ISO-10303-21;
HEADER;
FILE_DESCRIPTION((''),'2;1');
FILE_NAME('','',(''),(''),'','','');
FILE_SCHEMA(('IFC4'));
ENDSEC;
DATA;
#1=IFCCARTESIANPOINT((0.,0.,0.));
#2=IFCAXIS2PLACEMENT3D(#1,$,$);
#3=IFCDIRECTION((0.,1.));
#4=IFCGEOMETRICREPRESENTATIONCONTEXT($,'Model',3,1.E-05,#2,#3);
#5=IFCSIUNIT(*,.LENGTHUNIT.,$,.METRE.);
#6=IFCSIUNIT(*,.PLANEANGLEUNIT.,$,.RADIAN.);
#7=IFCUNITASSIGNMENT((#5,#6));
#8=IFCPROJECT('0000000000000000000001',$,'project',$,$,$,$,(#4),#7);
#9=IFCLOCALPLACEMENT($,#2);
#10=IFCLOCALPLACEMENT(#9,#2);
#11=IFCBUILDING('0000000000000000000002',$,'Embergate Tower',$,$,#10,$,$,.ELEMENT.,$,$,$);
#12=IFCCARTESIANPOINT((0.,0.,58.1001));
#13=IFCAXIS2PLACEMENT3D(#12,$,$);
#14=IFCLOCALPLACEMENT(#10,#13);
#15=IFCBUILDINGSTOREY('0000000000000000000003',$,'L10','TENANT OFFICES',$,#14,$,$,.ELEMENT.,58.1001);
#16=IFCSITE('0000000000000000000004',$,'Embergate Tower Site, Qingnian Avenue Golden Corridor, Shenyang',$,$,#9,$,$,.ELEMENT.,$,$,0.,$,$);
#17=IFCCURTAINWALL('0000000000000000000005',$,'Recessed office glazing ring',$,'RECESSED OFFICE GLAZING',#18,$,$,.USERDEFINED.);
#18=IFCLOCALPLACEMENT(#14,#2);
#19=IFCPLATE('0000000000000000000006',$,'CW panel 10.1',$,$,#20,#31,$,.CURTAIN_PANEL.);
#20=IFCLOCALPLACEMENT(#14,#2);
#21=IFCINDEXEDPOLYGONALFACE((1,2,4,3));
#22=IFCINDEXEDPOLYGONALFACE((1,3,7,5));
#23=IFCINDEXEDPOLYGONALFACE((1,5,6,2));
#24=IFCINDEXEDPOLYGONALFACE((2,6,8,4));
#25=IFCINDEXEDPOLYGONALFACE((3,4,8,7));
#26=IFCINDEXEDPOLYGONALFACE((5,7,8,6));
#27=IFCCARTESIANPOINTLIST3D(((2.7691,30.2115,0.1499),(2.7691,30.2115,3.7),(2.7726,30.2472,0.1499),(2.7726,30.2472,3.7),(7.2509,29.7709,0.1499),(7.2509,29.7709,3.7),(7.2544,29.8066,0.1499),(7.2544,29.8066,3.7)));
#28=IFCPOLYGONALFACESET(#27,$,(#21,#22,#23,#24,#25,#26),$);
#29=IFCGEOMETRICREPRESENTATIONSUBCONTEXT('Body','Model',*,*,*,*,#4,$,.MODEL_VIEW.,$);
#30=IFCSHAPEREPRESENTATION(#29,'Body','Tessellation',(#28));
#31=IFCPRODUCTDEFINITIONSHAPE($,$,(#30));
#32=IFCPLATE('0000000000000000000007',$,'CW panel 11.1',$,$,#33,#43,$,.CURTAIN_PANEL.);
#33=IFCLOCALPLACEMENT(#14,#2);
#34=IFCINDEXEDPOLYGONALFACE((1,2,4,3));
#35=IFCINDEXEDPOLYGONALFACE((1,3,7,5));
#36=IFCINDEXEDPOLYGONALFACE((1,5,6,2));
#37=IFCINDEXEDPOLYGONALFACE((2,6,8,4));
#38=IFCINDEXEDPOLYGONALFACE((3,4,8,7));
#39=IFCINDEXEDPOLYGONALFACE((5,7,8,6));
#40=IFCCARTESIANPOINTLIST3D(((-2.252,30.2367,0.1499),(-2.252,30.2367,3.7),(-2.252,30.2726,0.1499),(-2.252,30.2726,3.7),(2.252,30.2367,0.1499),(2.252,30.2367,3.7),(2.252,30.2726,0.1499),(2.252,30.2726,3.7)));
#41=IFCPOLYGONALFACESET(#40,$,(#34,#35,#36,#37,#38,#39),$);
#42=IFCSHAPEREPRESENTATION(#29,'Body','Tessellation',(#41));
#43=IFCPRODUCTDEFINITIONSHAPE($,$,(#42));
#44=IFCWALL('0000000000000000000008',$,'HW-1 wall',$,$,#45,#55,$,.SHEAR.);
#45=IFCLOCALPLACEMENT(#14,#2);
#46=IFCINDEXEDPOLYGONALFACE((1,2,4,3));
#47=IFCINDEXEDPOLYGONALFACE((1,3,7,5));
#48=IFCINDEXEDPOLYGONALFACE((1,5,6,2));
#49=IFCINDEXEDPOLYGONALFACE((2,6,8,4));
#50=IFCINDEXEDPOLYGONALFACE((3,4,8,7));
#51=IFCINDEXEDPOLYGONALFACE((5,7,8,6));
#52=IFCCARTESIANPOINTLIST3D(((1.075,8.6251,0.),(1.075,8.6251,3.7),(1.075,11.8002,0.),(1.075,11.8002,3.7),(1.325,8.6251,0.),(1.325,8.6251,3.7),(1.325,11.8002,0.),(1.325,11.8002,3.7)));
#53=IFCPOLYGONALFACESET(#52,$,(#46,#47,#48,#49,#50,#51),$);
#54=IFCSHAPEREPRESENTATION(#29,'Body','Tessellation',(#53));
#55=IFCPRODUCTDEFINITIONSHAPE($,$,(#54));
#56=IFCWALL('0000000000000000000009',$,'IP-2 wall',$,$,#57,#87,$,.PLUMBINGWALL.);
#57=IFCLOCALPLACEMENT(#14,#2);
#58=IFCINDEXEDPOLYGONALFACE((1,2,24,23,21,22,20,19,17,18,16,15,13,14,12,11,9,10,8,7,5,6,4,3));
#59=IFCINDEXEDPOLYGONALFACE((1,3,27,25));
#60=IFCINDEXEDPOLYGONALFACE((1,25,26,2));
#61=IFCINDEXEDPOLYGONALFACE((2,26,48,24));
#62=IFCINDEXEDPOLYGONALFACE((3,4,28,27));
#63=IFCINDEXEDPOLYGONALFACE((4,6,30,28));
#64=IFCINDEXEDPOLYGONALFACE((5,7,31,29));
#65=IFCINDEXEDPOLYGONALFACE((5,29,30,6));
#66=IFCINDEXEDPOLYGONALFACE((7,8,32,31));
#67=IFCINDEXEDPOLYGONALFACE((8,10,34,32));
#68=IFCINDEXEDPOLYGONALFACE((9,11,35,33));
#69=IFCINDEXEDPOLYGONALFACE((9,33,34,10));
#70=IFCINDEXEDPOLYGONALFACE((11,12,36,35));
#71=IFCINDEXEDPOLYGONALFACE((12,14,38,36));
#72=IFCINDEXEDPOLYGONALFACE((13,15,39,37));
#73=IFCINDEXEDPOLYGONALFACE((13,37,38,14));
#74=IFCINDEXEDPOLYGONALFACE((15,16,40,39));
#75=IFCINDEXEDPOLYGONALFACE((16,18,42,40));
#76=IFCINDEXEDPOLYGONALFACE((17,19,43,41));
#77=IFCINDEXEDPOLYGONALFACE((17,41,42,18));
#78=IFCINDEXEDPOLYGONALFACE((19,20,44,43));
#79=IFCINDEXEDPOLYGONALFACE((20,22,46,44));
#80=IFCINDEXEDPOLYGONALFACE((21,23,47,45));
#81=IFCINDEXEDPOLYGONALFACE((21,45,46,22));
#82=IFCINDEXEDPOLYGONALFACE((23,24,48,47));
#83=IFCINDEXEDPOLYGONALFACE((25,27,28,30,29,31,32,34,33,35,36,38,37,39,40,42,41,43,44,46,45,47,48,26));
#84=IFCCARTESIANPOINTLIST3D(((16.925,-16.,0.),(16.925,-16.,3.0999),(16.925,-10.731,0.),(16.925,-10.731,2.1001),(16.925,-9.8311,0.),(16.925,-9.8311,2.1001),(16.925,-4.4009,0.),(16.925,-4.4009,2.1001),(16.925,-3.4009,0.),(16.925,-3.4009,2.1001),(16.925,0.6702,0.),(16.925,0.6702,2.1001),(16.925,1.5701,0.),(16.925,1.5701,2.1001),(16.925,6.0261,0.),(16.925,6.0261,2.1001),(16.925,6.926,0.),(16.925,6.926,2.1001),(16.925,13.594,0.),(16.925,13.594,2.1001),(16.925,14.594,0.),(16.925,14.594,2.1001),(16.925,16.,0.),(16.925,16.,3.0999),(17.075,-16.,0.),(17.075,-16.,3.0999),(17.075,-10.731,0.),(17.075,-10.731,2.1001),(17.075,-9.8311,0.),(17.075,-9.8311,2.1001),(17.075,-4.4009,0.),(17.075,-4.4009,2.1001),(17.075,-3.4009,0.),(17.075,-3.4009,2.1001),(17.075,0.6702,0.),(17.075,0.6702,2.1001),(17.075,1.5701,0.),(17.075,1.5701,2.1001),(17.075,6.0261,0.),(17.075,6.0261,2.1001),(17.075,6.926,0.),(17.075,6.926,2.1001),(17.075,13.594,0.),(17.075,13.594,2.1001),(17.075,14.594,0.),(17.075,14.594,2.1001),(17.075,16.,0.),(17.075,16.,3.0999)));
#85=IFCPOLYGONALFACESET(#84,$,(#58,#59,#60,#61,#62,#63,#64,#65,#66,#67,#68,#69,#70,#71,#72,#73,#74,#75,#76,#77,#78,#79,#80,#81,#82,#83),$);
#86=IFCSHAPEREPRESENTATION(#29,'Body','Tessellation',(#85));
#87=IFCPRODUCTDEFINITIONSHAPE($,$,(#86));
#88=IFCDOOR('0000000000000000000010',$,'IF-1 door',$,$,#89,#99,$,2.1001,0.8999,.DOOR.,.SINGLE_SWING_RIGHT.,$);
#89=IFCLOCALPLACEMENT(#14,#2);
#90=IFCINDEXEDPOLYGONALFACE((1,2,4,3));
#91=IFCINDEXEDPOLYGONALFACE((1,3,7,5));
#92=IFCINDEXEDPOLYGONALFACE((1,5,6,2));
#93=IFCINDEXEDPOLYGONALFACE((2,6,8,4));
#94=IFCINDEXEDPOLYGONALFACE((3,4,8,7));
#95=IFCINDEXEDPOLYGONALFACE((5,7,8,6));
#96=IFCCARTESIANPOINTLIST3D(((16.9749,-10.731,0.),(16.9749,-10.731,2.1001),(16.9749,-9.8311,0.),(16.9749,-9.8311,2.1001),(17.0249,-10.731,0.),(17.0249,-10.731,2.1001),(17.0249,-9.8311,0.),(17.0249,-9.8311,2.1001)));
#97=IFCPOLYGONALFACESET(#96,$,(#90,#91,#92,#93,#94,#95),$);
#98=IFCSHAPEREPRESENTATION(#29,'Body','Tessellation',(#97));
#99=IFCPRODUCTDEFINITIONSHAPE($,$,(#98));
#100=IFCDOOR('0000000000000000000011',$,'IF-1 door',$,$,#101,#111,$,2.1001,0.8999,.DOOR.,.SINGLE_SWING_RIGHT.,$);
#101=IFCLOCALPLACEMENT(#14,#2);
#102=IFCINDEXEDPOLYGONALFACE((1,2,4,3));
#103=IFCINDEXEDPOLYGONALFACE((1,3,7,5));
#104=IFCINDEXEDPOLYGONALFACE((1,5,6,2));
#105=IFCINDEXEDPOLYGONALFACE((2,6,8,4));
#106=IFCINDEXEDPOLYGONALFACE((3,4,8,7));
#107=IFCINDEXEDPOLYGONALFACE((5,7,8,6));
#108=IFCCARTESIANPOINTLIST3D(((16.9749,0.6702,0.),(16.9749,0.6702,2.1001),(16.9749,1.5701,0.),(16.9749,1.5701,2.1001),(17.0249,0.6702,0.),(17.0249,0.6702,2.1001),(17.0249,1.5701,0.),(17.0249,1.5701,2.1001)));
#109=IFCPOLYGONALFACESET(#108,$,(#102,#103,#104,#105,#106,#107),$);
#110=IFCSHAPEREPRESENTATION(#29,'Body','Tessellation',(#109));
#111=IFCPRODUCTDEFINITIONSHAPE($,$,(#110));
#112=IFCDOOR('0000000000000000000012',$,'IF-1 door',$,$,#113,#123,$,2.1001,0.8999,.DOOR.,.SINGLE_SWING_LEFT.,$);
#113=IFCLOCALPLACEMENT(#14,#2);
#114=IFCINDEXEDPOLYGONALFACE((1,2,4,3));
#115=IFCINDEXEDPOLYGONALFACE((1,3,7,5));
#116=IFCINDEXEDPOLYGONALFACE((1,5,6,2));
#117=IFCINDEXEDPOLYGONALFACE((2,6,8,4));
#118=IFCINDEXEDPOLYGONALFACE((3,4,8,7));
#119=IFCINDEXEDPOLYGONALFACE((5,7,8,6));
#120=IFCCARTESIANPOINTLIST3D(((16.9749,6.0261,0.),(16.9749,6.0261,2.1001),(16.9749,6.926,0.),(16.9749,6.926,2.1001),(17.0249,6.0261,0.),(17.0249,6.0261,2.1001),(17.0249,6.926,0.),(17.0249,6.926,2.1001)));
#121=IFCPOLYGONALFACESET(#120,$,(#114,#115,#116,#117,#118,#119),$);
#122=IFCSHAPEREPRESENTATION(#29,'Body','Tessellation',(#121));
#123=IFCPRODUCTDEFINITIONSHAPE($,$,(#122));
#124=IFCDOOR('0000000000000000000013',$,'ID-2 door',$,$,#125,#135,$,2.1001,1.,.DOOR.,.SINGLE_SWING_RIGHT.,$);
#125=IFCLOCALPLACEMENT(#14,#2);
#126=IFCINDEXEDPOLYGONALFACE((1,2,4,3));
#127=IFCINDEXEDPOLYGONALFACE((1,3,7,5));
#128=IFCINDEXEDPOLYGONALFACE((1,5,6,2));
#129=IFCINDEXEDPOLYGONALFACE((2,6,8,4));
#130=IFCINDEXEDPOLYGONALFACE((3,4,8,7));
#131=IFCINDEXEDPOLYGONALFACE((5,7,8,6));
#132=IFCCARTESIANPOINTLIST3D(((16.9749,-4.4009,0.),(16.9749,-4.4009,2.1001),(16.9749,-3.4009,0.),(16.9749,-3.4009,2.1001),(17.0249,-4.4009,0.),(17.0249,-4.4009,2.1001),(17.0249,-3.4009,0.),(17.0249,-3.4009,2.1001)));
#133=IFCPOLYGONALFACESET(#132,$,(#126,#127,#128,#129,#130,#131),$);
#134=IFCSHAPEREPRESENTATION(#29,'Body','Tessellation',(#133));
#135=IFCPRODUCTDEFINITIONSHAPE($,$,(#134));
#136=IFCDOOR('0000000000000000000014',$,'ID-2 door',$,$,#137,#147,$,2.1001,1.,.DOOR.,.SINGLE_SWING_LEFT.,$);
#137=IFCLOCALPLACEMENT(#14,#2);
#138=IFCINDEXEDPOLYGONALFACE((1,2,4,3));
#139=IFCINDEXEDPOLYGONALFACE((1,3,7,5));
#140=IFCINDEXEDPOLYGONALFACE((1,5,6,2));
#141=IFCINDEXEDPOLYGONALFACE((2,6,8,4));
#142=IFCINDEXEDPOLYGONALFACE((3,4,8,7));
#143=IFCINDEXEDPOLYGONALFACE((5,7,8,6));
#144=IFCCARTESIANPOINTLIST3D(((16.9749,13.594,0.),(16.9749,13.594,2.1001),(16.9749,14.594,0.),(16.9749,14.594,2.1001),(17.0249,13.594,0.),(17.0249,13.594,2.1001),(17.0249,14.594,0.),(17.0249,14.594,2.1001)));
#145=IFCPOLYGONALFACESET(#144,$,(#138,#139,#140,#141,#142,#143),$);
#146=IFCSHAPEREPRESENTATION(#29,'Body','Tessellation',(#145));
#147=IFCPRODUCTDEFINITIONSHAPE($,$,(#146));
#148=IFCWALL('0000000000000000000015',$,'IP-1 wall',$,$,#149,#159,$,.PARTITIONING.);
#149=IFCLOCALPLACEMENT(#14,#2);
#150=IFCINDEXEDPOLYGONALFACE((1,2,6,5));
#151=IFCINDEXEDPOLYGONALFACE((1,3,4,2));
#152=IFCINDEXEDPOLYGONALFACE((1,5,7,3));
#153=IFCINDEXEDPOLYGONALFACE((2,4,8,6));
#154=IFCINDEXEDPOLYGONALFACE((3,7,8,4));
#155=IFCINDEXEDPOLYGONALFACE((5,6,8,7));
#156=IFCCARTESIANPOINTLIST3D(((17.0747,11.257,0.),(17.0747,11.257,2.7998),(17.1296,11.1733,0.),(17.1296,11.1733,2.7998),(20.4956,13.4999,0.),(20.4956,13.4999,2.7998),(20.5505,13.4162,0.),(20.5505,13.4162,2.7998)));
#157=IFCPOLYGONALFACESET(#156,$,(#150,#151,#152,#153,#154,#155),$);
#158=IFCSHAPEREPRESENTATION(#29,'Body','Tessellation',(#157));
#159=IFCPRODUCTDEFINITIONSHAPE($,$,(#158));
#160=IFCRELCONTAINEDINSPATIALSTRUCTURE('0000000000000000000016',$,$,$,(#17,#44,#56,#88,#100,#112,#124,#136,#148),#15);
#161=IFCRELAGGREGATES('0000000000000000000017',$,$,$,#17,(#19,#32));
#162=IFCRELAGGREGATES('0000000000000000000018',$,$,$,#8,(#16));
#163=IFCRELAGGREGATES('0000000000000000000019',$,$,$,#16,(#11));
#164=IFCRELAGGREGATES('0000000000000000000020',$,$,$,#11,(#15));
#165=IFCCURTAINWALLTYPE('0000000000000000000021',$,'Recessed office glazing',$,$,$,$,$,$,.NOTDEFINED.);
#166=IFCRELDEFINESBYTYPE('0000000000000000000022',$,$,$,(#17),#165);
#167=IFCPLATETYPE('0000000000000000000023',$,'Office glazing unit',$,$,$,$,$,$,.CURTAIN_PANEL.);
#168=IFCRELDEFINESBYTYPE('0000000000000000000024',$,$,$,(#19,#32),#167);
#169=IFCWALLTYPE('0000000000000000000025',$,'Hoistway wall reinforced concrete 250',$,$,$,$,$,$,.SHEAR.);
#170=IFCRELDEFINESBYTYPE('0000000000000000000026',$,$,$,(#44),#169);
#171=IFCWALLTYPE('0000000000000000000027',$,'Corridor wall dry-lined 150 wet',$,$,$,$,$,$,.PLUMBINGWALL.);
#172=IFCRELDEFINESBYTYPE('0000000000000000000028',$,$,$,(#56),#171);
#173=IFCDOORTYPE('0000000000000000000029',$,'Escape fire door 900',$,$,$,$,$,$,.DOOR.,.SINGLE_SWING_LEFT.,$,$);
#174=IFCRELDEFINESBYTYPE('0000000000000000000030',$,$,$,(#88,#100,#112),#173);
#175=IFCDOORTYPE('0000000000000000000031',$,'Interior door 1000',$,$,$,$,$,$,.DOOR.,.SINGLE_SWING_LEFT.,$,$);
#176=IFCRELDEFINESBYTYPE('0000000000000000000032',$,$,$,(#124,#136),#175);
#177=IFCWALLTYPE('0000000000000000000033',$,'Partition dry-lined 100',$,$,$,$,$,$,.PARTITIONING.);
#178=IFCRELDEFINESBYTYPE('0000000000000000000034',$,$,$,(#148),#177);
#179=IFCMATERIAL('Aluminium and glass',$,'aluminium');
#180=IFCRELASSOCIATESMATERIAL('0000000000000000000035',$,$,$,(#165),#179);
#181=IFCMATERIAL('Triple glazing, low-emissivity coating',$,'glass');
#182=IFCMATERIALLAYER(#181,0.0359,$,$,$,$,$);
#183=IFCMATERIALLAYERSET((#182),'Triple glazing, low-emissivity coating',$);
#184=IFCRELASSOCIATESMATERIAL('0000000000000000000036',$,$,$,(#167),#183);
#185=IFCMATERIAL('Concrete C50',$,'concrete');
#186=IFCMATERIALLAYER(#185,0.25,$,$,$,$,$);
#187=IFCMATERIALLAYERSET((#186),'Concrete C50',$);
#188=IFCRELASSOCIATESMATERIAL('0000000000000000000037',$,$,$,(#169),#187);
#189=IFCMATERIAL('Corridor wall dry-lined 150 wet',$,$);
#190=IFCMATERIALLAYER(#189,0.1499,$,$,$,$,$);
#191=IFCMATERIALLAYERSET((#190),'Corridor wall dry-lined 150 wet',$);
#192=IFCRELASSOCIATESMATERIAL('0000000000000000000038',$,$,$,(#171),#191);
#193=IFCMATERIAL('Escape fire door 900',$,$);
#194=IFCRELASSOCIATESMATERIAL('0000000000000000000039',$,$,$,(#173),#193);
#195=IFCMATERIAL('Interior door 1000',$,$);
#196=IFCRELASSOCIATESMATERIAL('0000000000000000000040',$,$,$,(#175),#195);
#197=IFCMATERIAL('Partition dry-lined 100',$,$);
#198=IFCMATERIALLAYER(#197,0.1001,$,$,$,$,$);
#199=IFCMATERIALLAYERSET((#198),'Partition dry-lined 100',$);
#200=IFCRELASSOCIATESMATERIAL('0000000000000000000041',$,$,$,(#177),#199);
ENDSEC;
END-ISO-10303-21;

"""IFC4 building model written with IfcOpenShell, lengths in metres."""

from ifc_helpers import new_model, si_unit, direction, frame, frame_2d, origin, origin_2d, place, context, subcontext, project, spatial, rectangle, extrude, source, transform, mapped, material, layer, layer_set, type_object, element, fill, aggregate, save


model = new_model("IFC4")

# Units and contexts
model_context = context("Model", 3, precision=1e-05, world=origin(), true_north=direction((0.0, 1.0)))
body_context = subcontext(model_context, "Body", "Model", "MODEL_VIEW")
ifc_project = project(units=[si_unit("LENGTHUNIT", "METRE"), si_unit("PLANEANGLEUNIT", "RADIAN")], contexts=[model_context])

# Site, building, storey
site_placement = place(None, origin())
site = spatial("IfcSite", under=ifc_project, at=site_placement, Name="Embergate Tower Site, Qingnian Avenue Golden Corridor, Shenyang", CompositionType="ELEMENT", RefElevation=0.0)
building_placement = place(site_placement, origin())
building = spatial("IfcBuilding", under=site, at=building_placement, Name="Embergate Tower", CompositionType="ELEMENT")
storey_placement = place(building_placement, frame((0.0, 0.0, 58.1001)))
storey = spatial("IfcBuildingStorey", under=building, at=storey_placement, Name="L10", Description="TENANT OFFICES", CompositionType="ELEMENT", Elevation=58.1001)

# Curtain wall, plates
ifc_material_1 = material(Name="Aluminium and glass", Category="aluminium")
curtain_wall_type = type_object("IfcCurtainWallType", Name="Recessed office glazing", PredefinedType="NOTDEFINED", material=ifc_material_1)
curtain_wall_placement = place(storey_placement, origin())
curtain_wall = element("IfcCurtainWall", 1, at=curtain_wall_placement, inside=storey, type_object=curtain_wall_type, Name="Recessed office glazing ring", ObjectType="RECESSED OFFICE GLAZING", PredefinedType="USERDEFINED")
ifc_material_2 = material(Name="Triple glazing, low-emissivity coating", Category="glass")
ifc_layer_1 = layer(ifc_material_2, 0.0359)
ifc_layer_set_1 = layer_set([ifc_layer_1], Name="Triple glazing, low-emissivity coating")
plate_type = type_object("IfcPlateType", Name="Office glazing unit", PredefinedType="CURTAIN_PANEL", material=ifc_layer_set_1)
shared_shape_1 = source(origin(), body_context, "Body", "SweptSolid", [
    extrude(rectangle(XDim=4.5034, YDim=0.0359, at=origin_2d()), origin(), (0.0, 0.0, 1.0), 3.55),
])
plate_1_placement = place(storey_placement, frame((5.0117, 30.009, 0.1499), z_axis=(0.0, 0.0, 1.0), x_axis=(-0.995203, 0.097831, 0.0)))
plate_1 = element("IfcPlate", 2, at=plate_1_placement, type_object=plate_type, Name="CW panel 10.1", PredefinedType="CURTAIN_PANEL", context=body_context, shape_type="MappedRepresentation", body=[
    mapped(shared_shape_1, transform((0.0, 0.0, 0.0))),
])
shared_shape_2 = source(origin(), body_context, "Body", "SweptSolid", [
    extrude(rectangle(XDim=4.5039, YDim=0.0359, at=origin_2d()), origin(), (0.0, 0.0, 1.0), 3.55),
])
plate_2_placement = place(storey_placement, frame((0.0, 30.2546, 0.1499), z_axis=(0.0, 0.0, 1.0), x_axis=(-1.0, 0.0, 0.0)))
plate_2 = element("IfcPlate", 3, at=plate_2_placement, type_object=plate_type, Name="CW panel 11.1", PredefinedType="CURTAIN_PANEL", context=body_context, shape_type="MappedRepresentation", body=[
    mapped(shared_shape_2, transform((0.0, 0.0, 0.0))),
])
aggregate(curtain_wall, [plate_1, plate_2])

# Wall
ifc_material_3 = material(Name="Concrete C50", Category="concrete")
ifc_layer_2 = layer(ifc_material_3, 0.25)
ifc_layer_set_2 = layer_set([ifc_layer_2], Name="Concrete C50")
wall_type_1 = type_object("IfcWallType", Name="Hoistway wall reinforced concrete 250", PredefinedType="SHEAR", material=ifc_layer_set_2)
shared_shape_3 = source(origin(), body_context, "Body", "SweptSolid", [
    extrude(rectangle(XDim=3.175, YDim=0.25, at=frame_2d((1.5874, 0.0))), origin(), (0.0, 0.0, 1.0), 3.7),
])
wall_1_placement = place(storey_placement, frame((1.2, 11.8, 0.0), z_axis=(0.0, 0.0, 1.0), x_axis=(0.0, -1.0, 0.0)))
element("IfcWall", 4, at=wall_1_placement, inside=storey, type_object=wall_type_1, Name="HW-1 wall", PredefinedType="SHEAR", context=body_context, shape_type="MappedRepresentation", body=[
    mapped(shared_shape_3, transform((0.0, 0.0, 0.0))),
])

# Wall, openings, doors
ifc_material_4 = material(Name="Corridor wall dry-lined 150 wet")
ifc_layer_3 = layer(ifc_material_4, 0.1499)
ifc_layer_set_3 = layer_set([ifc_layer_3], Name="Corridor wall dry-lined 150 wet")
wall_type_2 = type_object("IfcWallType", Name="Corridor wall dry-lined 150 wet", PredefinedType="PLUMBINGWALL", material=ifc_layer_set_3)
shared_shape_4 = source(origin(), body_context, "Body", "SweptSolid", [
    extrude(rectangle(XDim=32.0, YDim=0.1499, at=frame_2d((16.0, 0.0))), origin(), (0.0, 0.0, 1.0), 3.0999),
])
wall_2_placement = place(storey_placement, frame((17.0, 16.0, 0.0), z_axis=(0.0, 0.0, 1.0), x_axis=(0.0, -1.0, 0.0)))
wall_2 = element("IfcWall", 5, at=wall_2_placement, inside=storey, type_object=wall_type_2, Name="IP-2 wall", PredefinedType="PLUMBINGWALL", context=body_context, shape_type="MappedRepresentation", body=[
    mapped(shared_shape_4, transform((0.0, 0.0, 0.0))),
])
shared_shape_5 = source(origin(), body_context, "Body", "SweptSolid", [
    extrude(rectangle(XDim=0.8999, YDim=2.1001, at=frame_2d((0.45, 1.05))), frame((0.0, 0.085, 0.0), z_axis=(0.0, -1.0, 0.0), x_axis=(1.0, 0.0, 0.0)), (0.0, 0.0, 1.0), 0.1699),
])
opening_1_placement = place(wall_2_placement, frame((25.8311, 0.0, 0.0)))
opening_1 = element("IfcOpeningElement", 6, at=opening_1_placement, cuts=wall_2, PredefinedType="OPENING", context=body_context, shape_type="MappedRepresentation", body=[
    mapped(shared_shape_5, transform((0.0, 0.0, 0.0))),
])
shared_shape_6 = source(origin(), body_context, "Body", "SweptSolid", [
    extrude(rectangle(XDim=1.0, YDim=2.1001, at=frame_2d((0.5, 1.05))), frame((0.0, 0.085, 0.0), z_axis=(0.0, -1.0, 0.0), x_axis=(1.0, 0.0, 0.0)), (0.0, 0.0, 1.0), 0.1699),
])
opening_2_placement = place(wall_2_placement, frame((19.4009, 0.0, 0.0)))
opening_2 = element("IfcOpeningElement", 7, at=opening_2_placement, cuts=wall_2, PredefinedType="OPENING", context=body_context, shape_type="MappedRepresentation", body=[
    mapped(shared_shape_6, transform((0.0, 0.0, 0.0))),
])
opening_3_placement = place(wall_2_placement, frame((14.4299, 0.0, 0.0)))
opening_3 = element("IfcOpeningElement", 8, at=opening_3_placement, cuts=wall_2, PredefinedType="OPENING", context=body_context, shape_type="MappedRepresentation", body=[
    mapped(shared_shape_5, transform((0.0, 0.0, 0.0))),
])
opening_4_placement = place(wall_2_placement, frame((9.074, 0.0, 0.0)))
opening_4 = element("IfcOpeningElement", 9, at=opening_4_placement, cuts=wall_2, PredefinedType="OPENING", context=body_context, shape_type="MappedRepresentation", body=[
    mapped(shared_shape_5, transform((0.0, 0.0, 0.0))),
])
opening_5_placement = place(wall_2_placement, frame((1.406, 0.0, 0.0)))
opening_5 = element("IfcOpeningElement", 10, at=opening_5_placement, cuts=wall_2, PredefinedType="OPENING", context=body_context, shape_type="MappedRepresentation", body=[
    mapped(shared_shape_6, transform((0.0, 0.0, 0.0))),
])
ifc_material_5 = material(Name="Escape fire door 900")
door_type_1 = type_object("IfcDoorType", Name="Escape fire door 900", OperationType="SINGLE_SWING_LEFT", PredefinedType="DOOR", material=ifc_material_5)
shared_shape_7 = source(origin(), body_context, "Body", "SweptSolid", [
    extrude(rectangle(XDim=0.8999, YDim=2.1001, at=frame_2d((0.45, 1.05))), frame((0.0, 0.0249, 0.0), z_axis=(0.0, -1.0, 0.0), x_axis=(1.0, 0.0, 0.0)), (0.0, 0.0, 1.0), 0.05),
])
door_1_placement = place(opening_1_placement, origin())
door_1 = element("IfcDoor", 11, at=door_1_placement, inside=storey, type_object=door_type_1, Name="IF-1 door", OperationType="SINGLE_SWING_RIGHT", OverallHeight=2.1001, OverallWidth=0.8999, PredefinedType="DOOR", context=body_context, shape_type="MappedRepresentation", body=[
    mapped(shared_shape_7, transform((0.0, 0.0, 0.0))),
])
fill(opening_1, door_1)
door_2_placement = place(opening_3_placement, origin())
door_2 = element("IfcDoor", 12, at=door_2_placement, inside=storey, type_object=door_type_1, Name="IF-1 door", OperationType="SINGLE_SWING_RIGHT", OverallHeight=2.1001, OverallWidth=0.8999, PredefinedType="DOOR", context=body_context, shape_type="MappedRepresentation", body=[
    mapped(shared_shape_7, transform((0.0, 0.0, 0.0))),
])
fill(opening_3, door_2)
door_3_placement = place(opening_4_placement, origin())
door_3 = element("IfcDoor", 13, at=door_3_placement, inside=storey, type_object=door_type_1, Name="IF-1 door", OperationType="SINGLE_SWING_LEFT", OverallHeight=2.1001, OverallWidth=0.8999, PredefinedType="DOOR", context=body_context, shape_type="MappedRepresentation", body=[
    mapped(shared_shape_7, transform((0.0, 0.0, 0.0))),
])
fill(opening_4, door_3)
ifc_material_6 = material(Name="Interior door 1000")
door_type_2 = type_object("IfcDoorType", Name="Interior door 1000", OperationType="SINGLE_SWING_LEFT", PredefinedType="DOOR", material=ifc_material_6)
shared_shape_8 = source(origin(), body_context, "Body", "SweptSolid", [
    extrude(rectangle(XDim=1.0, YDim=2.1001, at=frame_2d((0.5, 1.05))), frame((0.0, 0.0249, 0.0), z_axis=(0.0, -1.0, 0.0), x_axis=(1.0, 0.0, 0.0)), (0.0, 0.0, 1.0), 0.05),
])
door_4_placement = place(opening_2_placement, origin())
door_4 = element("IfcDoor", 14, at=door_4_placement, inside=storey, type_object=door_type_2, Name="ID-2 door", OperationType="SINGLE_SWING_RIGHT", OverallHeight=2.1001, OverallWidth=1.0, PredefinedType="DOOR", context=body_context, shape_type="MappedRepresentation", body=[
    mapped(shared_shape_8, transform((0.0, 0.0, 0.0))),
])
fill(opening_2, door_4)
door_5_placement = place(opening_5_placement, origin())
door_5 = element("IfcDoor", 15, at=door_5_placement, inside=storey, type_object=door_type_2, Name="ID-2 door", OperationType="SINGLE_SWING_LEFT", OverallHeight=2.1001, OverallWidth=1.0, PredefinedType="DOOR", context=body_context, shape_type="MappedRepresentation", body=[
    mapped(shared_shape_8, transform((0.0, 0.0, 0.0))),
])
fill(opening_5, door_5)

# Wall
ifc_material_7 = material(Name="Partition dry-lined 100")
ifc_layer_4 = layer(ifc_material_7, 0.1001)
ifc_layer_set_4 = layer_set([ifc_layer_4], Name="Partition dry-lined 100")
wall_type_3 = type_object("IfcWallType", Name="Partition dry-lined 100", PredefinedType="PARTITIONING", material=ifc_layer_set_4)
shared_shape_9 = source(origin(), body_context, "Body", "SweptSolid", [
    extrude(rectangle(XDim=4.0906, YDim=0.1001, at=frame_2d((2.0454, 0.0))), origin(), (0.0, 0.0, 1.0), 2.7998),
])
wall_3_placement = place(storey_placement, frame((17.1021, 11.2151, 0.0), z_axis=(0.0, 0.0, 1.0), x_axis=(0.836277, 0.548307, 0.0)))
element("IfcWall", 16, at=wall_3_placement, inside=storey, type_object=wall_type_3, Name="IP-1 wall", PredefinedType="PARTITIONING", context=body_context, shape_type="MappedRepresentation", body=[
    mapped(shared_shape_9, transform((0.0, 0.0, 0.0))),
])

save(model, "model.ifc")
